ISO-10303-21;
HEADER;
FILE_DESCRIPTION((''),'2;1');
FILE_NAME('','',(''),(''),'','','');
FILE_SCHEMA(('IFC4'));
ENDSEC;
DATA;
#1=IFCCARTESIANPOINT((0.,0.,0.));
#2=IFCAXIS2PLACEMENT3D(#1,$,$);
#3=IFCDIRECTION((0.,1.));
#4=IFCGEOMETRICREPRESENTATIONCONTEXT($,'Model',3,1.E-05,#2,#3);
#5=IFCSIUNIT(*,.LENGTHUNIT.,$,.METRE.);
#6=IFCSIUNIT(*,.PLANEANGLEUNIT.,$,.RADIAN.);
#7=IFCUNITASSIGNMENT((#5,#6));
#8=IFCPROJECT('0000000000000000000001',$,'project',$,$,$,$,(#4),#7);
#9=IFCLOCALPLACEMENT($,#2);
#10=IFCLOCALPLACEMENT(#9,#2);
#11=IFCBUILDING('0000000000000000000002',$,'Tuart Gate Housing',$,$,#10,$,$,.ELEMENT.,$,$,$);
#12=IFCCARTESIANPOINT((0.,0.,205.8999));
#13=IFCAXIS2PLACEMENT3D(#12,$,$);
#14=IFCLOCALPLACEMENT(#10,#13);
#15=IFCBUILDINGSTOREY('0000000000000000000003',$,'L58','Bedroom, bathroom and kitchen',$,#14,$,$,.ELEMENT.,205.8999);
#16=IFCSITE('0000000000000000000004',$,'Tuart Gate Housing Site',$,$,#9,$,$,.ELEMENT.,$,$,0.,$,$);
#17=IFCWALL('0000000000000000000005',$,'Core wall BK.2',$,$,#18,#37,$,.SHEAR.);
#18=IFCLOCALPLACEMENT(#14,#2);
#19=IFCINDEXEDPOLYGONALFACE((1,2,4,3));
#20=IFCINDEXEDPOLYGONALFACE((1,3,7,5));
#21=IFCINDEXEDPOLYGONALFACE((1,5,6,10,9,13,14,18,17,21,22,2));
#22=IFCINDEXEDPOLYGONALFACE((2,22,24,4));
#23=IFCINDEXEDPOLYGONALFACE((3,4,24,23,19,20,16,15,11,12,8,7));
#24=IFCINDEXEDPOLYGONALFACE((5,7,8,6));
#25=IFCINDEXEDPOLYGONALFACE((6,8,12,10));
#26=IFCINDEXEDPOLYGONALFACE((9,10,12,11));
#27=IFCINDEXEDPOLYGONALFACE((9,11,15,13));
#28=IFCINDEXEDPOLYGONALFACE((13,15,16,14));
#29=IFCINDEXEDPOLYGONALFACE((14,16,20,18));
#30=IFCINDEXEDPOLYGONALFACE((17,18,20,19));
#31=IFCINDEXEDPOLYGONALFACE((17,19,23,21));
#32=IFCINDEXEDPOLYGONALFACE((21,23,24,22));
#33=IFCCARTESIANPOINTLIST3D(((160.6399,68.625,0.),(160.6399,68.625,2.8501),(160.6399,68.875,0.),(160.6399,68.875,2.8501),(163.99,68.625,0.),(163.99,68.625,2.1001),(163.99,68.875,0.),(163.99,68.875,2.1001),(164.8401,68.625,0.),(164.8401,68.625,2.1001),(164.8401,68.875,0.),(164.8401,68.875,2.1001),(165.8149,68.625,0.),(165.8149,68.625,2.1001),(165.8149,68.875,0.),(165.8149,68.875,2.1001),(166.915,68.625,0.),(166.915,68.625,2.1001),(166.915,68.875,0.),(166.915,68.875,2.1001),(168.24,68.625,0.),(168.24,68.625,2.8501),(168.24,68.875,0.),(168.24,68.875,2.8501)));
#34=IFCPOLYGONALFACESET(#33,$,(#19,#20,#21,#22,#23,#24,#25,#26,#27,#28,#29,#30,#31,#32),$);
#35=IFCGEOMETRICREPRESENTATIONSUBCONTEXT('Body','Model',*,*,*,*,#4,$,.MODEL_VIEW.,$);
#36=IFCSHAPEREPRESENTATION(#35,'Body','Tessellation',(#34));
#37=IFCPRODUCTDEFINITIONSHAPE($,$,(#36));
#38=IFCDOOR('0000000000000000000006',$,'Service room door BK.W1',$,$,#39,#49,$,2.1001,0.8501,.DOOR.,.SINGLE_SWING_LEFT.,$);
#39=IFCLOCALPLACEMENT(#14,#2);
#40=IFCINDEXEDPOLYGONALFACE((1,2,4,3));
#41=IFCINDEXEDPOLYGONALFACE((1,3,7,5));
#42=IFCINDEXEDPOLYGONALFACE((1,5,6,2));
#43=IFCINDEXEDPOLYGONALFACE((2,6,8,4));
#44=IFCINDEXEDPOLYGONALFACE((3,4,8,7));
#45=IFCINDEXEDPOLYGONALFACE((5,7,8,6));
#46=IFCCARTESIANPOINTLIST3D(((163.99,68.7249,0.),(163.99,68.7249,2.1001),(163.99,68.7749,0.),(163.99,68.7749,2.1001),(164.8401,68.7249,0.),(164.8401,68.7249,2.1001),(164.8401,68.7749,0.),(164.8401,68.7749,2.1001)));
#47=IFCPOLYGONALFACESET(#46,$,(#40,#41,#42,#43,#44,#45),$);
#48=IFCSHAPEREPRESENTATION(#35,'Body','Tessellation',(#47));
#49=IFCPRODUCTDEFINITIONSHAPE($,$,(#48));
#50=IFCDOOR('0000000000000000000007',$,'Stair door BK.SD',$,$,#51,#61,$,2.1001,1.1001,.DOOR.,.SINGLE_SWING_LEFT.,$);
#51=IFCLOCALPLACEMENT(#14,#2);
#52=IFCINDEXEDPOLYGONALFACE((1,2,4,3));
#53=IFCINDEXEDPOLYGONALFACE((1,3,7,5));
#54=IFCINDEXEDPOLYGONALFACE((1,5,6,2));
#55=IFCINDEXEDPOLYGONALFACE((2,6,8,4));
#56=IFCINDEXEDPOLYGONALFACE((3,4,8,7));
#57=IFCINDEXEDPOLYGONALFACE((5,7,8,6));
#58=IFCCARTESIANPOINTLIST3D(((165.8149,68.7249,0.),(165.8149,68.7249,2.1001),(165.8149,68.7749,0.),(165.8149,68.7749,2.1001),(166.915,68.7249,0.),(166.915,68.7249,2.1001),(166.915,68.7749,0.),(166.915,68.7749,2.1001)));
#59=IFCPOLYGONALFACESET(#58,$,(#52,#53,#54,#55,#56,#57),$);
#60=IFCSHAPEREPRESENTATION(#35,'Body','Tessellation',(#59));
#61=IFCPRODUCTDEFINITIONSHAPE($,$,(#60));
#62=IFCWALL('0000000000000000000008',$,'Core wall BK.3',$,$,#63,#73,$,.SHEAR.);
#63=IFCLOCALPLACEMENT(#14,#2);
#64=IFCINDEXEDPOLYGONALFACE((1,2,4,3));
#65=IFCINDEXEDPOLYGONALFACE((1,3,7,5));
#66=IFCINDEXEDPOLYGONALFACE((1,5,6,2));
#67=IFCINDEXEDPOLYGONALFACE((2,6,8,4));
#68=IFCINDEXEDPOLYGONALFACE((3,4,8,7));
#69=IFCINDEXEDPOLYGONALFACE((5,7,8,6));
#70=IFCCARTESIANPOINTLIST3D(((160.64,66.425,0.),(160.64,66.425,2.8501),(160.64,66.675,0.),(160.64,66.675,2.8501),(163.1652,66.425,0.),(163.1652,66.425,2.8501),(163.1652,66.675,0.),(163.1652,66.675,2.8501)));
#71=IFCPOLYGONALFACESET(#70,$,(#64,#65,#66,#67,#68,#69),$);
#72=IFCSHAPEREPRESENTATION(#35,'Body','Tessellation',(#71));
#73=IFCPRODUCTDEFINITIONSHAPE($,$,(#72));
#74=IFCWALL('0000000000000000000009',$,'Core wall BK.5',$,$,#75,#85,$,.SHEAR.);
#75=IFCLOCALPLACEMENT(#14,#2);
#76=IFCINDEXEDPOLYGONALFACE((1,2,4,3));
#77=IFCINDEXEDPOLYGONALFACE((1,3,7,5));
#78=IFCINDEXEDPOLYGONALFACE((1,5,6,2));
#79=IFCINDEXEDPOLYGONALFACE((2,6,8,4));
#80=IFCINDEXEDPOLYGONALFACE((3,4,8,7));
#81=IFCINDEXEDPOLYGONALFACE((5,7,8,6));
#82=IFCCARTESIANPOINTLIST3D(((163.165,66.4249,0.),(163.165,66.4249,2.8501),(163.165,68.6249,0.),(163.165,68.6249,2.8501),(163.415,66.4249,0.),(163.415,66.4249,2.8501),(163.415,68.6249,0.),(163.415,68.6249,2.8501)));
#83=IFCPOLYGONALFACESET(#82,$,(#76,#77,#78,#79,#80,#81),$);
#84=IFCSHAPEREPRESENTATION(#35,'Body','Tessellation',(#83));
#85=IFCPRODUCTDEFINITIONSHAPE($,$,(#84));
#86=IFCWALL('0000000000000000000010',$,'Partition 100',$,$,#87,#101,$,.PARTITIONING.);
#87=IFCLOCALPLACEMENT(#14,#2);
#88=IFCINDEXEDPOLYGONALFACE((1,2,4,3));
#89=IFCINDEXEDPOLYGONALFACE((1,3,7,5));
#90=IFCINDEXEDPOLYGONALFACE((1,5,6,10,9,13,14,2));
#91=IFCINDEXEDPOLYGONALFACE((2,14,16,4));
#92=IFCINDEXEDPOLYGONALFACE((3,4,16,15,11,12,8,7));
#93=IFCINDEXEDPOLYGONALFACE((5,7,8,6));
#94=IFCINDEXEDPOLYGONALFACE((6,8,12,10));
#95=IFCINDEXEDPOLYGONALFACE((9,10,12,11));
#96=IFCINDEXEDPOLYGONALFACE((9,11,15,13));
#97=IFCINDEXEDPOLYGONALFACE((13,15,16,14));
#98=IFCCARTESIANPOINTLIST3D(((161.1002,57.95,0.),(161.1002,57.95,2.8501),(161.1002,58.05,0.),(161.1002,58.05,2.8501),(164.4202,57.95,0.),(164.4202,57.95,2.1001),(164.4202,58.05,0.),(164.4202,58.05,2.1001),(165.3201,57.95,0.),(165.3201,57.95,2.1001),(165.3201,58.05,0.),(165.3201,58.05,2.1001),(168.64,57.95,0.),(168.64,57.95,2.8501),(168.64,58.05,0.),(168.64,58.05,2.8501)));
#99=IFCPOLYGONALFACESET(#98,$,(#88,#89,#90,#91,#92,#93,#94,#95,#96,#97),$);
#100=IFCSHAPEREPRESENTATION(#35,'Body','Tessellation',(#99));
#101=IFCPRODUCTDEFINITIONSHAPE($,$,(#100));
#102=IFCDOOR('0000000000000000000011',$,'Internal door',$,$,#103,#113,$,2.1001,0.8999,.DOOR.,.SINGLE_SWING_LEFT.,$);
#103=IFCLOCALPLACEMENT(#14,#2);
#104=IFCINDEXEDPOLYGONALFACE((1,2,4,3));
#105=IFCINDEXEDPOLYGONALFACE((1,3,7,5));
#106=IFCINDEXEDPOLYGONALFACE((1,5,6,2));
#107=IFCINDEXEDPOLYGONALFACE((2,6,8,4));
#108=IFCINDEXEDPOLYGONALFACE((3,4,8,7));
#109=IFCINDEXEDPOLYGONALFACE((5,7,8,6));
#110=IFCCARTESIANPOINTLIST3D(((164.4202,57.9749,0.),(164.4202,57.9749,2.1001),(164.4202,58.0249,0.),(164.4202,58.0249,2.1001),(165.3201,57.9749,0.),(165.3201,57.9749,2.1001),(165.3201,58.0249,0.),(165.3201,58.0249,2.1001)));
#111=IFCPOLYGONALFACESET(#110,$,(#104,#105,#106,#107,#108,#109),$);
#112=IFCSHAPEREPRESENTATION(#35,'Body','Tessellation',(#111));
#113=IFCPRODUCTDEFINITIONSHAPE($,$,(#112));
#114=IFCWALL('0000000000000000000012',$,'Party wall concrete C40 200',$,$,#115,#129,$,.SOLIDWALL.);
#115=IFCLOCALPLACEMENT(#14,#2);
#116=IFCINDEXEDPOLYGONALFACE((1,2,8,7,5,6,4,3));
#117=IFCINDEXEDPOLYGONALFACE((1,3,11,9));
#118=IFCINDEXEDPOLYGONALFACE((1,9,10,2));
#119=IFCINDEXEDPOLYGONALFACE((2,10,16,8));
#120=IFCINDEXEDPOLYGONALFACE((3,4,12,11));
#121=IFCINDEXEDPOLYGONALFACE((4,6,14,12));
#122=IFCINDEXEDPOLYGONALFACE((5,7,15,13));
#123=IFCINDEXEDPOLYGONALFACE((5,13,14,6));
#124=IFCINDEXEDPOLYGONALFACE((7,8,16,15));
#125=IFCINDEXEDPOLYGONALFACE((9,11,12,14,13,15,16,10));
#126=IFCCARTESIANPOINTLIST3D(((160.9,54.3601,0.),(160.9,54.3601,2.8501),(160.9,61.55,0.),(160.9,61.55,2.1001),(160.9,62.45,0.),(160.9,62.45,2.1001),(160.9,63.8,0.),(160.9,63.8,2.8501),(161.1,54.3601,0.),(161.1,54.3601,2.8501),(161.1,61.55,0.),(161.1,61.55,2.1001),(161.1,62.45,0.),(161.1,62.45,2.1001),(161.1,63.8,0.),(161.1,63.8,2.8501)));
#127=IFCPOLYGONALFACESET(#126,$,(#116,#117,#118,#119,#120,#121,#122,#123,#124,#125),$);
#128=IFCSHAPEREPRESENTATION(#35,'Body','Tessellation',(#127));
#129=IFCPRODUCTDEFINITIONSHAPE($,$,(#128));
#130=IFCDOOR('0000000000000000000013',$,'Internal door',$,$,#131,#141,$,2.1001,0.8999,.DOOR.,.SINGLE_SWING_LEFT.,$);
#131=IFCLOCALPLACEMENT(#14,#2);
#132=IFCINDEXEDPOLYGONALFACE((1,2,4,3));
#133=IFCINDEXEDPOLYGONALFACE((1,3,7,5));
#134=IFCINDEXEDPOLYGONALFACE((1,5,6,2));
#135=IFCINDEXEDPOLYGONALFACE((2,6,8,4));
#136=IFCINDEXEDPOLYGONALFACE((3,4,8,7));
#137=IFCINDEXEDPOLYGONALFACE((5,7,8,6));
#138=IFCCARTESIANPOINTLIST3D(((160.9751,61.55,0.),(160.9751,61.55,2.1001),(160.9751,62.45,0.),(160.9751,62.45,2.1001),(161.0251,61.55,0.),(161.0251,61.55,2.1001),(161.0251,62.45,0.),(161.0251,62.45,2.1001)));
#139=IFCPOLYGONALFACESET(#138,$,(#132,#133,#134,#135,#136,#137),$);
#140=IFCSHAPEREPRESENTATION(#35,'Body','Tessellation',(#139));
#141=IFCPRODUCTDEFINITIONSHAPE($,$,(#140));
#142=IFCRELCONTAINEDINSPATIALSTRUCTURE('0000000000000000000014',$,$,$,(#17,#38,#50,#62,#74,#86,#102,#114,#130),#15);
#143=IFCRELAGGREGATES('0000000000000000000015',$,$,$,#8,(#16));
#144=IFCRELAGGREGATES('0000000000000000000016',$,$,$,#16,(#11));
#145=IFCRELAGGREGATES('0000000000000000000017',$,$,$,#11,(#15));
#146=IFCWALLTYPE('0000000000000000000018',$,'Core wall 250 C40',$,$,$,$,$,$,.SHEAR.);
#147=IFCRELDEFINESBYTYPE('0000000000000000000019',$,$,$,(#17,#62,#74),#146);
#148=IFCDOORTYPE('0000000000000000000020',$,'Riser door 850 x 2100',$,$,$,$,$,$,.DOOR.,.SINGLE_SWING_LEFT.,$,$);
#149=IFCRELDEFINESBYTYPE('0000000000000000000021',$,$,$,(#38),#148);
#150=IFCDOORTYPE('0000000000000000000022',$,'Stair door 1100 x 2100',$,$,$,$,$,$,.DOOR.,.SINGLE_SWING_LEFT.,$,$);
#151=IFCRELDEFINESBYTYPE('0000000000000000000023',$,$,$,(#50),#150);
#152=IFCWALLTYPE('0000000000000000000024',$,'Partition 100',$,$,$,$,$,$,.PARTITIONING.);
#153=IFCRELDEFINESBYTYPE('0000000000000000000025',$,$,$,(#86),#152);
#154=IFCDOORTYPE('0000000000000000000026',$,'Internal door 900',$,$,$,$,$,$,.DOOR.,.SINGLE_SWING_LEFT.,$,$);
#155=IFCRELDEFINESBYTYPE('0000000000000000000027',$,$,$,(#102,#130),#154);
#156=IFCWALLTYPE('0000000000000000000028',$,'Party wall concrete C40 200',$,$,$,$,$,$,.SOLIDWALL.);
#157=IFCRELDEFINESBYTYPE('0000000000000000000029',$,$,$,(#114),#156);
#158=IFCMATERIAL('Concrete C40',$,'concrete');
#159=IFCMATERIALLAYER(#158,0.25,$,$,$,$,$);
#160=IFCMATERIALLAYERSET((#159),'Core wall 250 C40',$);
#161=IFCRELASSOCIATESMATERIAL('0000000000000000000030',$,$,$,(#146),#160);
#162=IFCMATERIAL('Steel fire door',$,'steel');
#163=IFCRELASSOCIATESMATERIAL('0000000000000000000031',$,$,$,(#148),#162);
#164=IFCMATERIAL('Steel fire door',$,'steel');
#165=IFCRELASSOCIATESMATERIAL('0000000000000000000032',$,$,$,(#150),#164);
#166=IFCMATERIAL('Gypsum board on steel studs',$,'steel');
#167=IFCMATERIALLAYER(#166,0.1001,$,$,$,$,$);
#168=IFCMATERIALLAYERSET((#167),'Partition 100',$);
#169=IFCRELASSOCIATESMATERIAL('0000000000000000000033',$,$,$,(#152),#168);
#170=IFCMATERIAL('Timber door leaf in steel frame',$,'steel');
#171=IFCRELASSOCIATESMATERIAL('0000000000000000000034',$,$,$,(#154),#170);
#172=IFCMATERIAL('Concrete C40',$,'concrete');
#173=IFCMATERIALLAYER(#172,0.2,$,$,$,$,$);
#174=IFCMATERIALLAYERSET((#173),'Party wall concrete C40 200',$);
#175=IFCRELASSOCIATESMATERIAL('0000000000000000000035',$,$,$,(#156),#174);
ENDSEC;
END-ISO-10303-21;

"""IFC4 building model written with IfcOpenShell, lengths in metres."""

from ifc_helpers import new_model, si_unit, direction, frame, frame_2d, origin, place, context, subcontext, project, spatial, rectangle, extrude, material, layer, layer_set, type_object, element, fill, save


model = new_model("IFC4")

# Units and contexts
model_context = context("Model", 3, precision=1e-05, world=origin(), true_north=direction((0.0, 1.0)))
body_context = subcontext(model_context, "Body", "Model", "MODEL_VIEW")
ifc_project = project(units=[si_unit("LENGTHUNIT", "METRE"), si_unit("PLANEANGLEUNIT", "RADIAN")], contexts=[model_context])

# Site, building, storey
site_placement = place(None, origin())
site = spatial("IfcSite", under=ifc_project, at=site_placement, Name="Tuart Gate Housing Site", CompositionType="ELEMENT", RefElevation=0.0)
building_placement = place(site_placement, origin())
building = spatial("IfcBuilding", under=site, at=building_placement, Name="Tuart Gate Housing", CompositionType="ELEMENT")
storey_placement = place(building_placement, frame((0.0, 0.0, 205.8999)))
storey = spatial("IfcBuildingStorey", under=building, at=storey_placement, Name="L58", Description="Bedroom, bathroom and kitchen", CompositionType="ELEMENT", Elevation=205.8999)

# Wall, openings, doors
ifc_material_1 = material(Name="Concrete C40", Category="concrete")
ifc_layer_1 = layer(ifc_material_1, 0.25)
ifc_layer_set_1 = layer_set([ifc_layer_1], Name="Core wall 250 C40")
wall_type_1 = type_object("IfcWallType", Name="Core wall 250 C40", PredefinedType="SHEAR", material=ifc_layer_set_1)
wall_1_placement = place(storey_placement, frame((160.6399, 68.75, 0.0), z_axis=(0.0, 0.0, 1.0), x_axis=(1.0, 0.0, 0.0)))
wall_1 = element("IfcWall", 1, at=wall_1_placement, inside=storey, type_object=wall_type_1, Name="Core wall BK.2", PredefinedType="SHEAR", context=body_context, shape_type="SweptSolid", body=[
    extrude(rectangle(XDim=7.6001, YDim=0.25, at=frame_2d((3.8, 0.0))), origin(), (0.0, 0.0, 1.0), 2.8501),
])
opening_1_placement = place(wall_1_placement, frame((5.175, 0.0, 0.0)))
opening_1 = element("IfcOpeningElement", 2, at=opening_1_placement, cuts=wall_1, PredefinedType="OPENING", context=body_context, shape_type="SweptSolid", body=[
    extrude(rectangle(XDim=1.1001, YDim=2.1001, at=frame_2d((0.55, 1.05))), frame((0.0, 0.135, 0.0), z_axis=(0.0, -1.0, 0.0), x_axis=(1.0, 0.0, 0.0)), (0.0, 0.0, 1.0), 0.27),
])
opening_2_placement = place(wall_1_placement, frame((3.3501, 0.0, 0.0)))
opening_2 = element("IfcOpeningElement", 3, at=opening_2_placement, cuts=wall_1, PredefinedType="OPENING", context=body_context, shape_type="SweptSolid", body=[
    extrude(rectangle(XDim=0.8501, YDim=2.1001, at=frame_2d((0.425, 1.05))), frame((0.0, 0.135, 0.0), z_axis=(0.0, -1.0, 0.0), x_axis=(1.0, 0.0, 0.0)), (0.0, 0.0, 1.0), 0.27),
])
ifc_material_2 = material(Name="Steel fire door", Category="steel")
door_type_1 = type_object("IfcDoorType", Name="Riser door 850 x 2100", OperationType="SINGLE_SWING_LEFT", PredefinedType="DOOR", material=ifc_material_2)
door_1_placement = place(opening_2_placement, origin())
door_1 = element("IfcDoor", 4, at=door_1_placement, inside=storey, type_object=door_type_1, Name="Service room door BK.W1", OperationType="SINGLE_SWING_LEFT", OverallHeight=2.1001, OverallWidth=0.8501, PredefinedType="DOOR", context=body_context, shape_type="SweptSolid", body=[
    extrude(rectangle(XDim=0.8501, YDim=2.1001, at=frame_2d((0.425, 1.05))), frame((0.0, 0.0249, 0.0), z_axis=(0.0, -1.0, 0.0), x_axis=(1.0, 0.0, 0.0)), (0.0, 0.0, 1.0), 0.05),
])
fill(opening_2, door_1)
ifc_material_3 = material(Name="Steel fire door", Category="steel")
door_type_2 = type_object("IfcDoorType", Name="Stair door 1100 x 2100", OperationType="SINGLE_SWING_LEFT", PredefinedType="DOOR", material=ifc_material_3)
door_2_placement = place(opening_1_placement, origin())
door_2 = element("IfcDoor", 5, at=door_2_placement, inside=storey, type_object=door_type_2, Name="Stair door BK.SD", OperationType="SINGLE_SWING_LEFT", OverallHeight=2.1001, OverallWidth=1.1001, PredefinedType="DOOR", context=body_context, shape_type="SweptSolid", body=[
    extrude(rectangle(XDim=1.1001, YDim=2.1001, at=frame_2d((0.55, 1.05))), frame((0.0, 0.0249, 0.0), z_axis=(0.0, -1.0, 0.0), x_axis=(1.0, 0.0, 0.0)), (0.0, 0.0, 1.0), 0.05),
])
fill(opening_1, door_2)

# Walls
wall_2_placement = place(storey_placement, frame((160.6399, 66.55, 0.0), z_axis=(0.0, 0.0, 1.0), x_axis=(1.0, 0.0, 0.0)))
element("IfcWall", 6, at=wall_2_placement, inside=storey, type_object=wall_type_1, Name="Core wall BK.3", PredefinedType="SHEAR", context=body_context, shape_type="SweptSolid", body=[
    extrude(rectangle(XDim=2.5251, YDim=0.25, at=frame_2d((1.2627, 0.0))), origin(), (0.0, 0.0, 1.0), 2.8501),
])
wall_3_placement = place(storey_placement, frame((163.29, 68.625, 0.0), z_axis=(0.0, 0.0, 1.0), x_axis=(0.0, -1.0, 0.0)))
element("IfcWall", 7, at=wall_3_placement, inside=storey, type_object=wall_type_1, Name="Core wall BK.5", PredefinedType="SHEAR", context=body_context, shape_type="SweptSolid", body=[
    extrude(rectangle(XDim=2.2, YDim=0.25, at=frame_2d((1.1001, 0.0))), origin(), (0.0, 0.0, 1.0), 2.8501),
])

# Walls, openings, doors
ifc_material_4 = material(Name="Gypsum board on steel studs", Category="steel")
ifc_layer_2 = layer(ifc_material_4, 0.1001)
ifc_layer_set_2 = layer_set([ifc_layer_2], Name="Partition 100")
wall_type_2 = type_object("IfcWallType", Name="Partition 100", PredefinedType="PARTITIONING", material=ifc_layer_set_2)
wall_4_placement = place(storey_placement, frame((161.1001, 58.0, 0.0), z_axis=(0.0, 0.0, 1.0), x_axis=(1.0, 0.0, 0.0)))
wall_4 = element("IfcWall", 8, at=wall_4_placement, inside=storey, type_object=wall_type_2, Name="Partition 100", PredefinedType="PARTITIONING", context=body_context, shape_type="SweptSolid", body=[
    extrude(rectangle(XDim=7.5398, YDim=0.1001, at=frame_2d((3.77, 0.0))), origin(), (0.0, 0.0, 1.0), 2.8501),
])
opening_3_placement = place(wall_4_placement, frame((3.3201, 0.0, 0.0)))
opening_3 = element("IfcOpeningElement", 9, at=opening_3_placement, cuts=wall_4, PredefinedType="OPENING", context=body_context, shape_type="SweptSolid", body=[
    extrude(rectangle(XDim=0.8999, YDim=2.1001, at=frame_2d((0.45, 1.05))), frame((0.0, 0.0601, 0.0), z_axis=(0.0, -1.0, 0.0), x_axis=(1.0, 0.0, 0.0)), (0.0, 0.0, 1.0), 0.1201),
])
ifc_material_5 = material(Name="Timber door leaf in steel frame", Category="steel")
door_type_3 = type_object("IfcDoorType", Name="Internal door 900", OperationType="SINGLE_SWING_LEFT", PredefinedType="DOOR", material=ifc_material_5)
door_3_placement = place(opening_3_placement, frame((0.8999, 0.0, 0.0), z_axis=(0.0, 0.0, 1.0), x_axis=(-1.0, 0.0, 0.0)))
door_3 = element("IfcDoor", 10, at=door_3_placement, inside=storey, type_object=door_type_3, Name="Internal door", OperationType="SINGLE_SWING_LEFT", OverallHeight=2.1001, OverallWidth=0.8999, PredefinedType="DOOR", context=body_context, shape_type="SweptSolid", body=[
    extrude(rectangle(XDim=0.8999, YDim=2.1001, at=frame_2d((0.45, 1.05))), frame((0.0, 0.0251, 0.0), z_axis=(0.0, -1.0, 0.0), x_axis=(1.0, 0.0, 0.0)), (0.0, 0.0, 1.0), 0.05),
])
fill(opening_3, door_3)
ifc_material_6 = material(Name="Concrete C40", Category="concrete")
ifc_layer_3 = layer(ifc_material_6, 0.2)
ifc_layer_set_3 = layer_set([ifc_layer_3], Name="Party wall concrete C40 200")
wall_type_3 = type_object("IfcWallType", Name="Party wall concrete C40 200", PredefinedType="SOLIDWALL", material=ifc_layer_set_3)
wall_5_placement = place(storey_placement, frame((161.0, 54.3601, 0.0), z_axis=(0.0, 0.0, 1.0), x_axis=(0.0, 1.0, 0.0)))
wall_5 = element("IfcWall", 11, at=wall_5_placement, inside=storey, type_object=wall_type_3, Name="Party wall concrete C40 200", PredefinedType="SOLIDWALL", context=body_context, shape_type="SweptSolid", body=[
    extrude(rectangle(XDim=9.4399, YDim=0.2, at=frame_2d((4.72, 0.0))), origin(), (0.0, 0.0, 1.0), 2.8501),
])
opening_4_placement = place(wall_5_placement, frame((7.1899, 0.0, 0.0)))
opening_4 = element("IfcOpeningElement", 12, at=opening_4_placement, cuts=wall_5, PredefinedType="OPENING", context=body_context, shape_type="SweptSolid", body=[
    extrude(rectangle(XDim=0.8999, YDim=2.1001, at=frame_2d((0.45, 1.05))), frame((0.0, 0.1099, 0.0), z_axis=(0.0, -1.0, 0.0), x_axis=(1.0, 0.0, 0.0)), (0.0, 0.0, 1.0), 0.22),
])
door_4_placement = place(opening_4_placement, origin())
door_4 = element("IfcDoor", 13, at=door_4_placement, inside=storey, type_object=door_type_3, Name="Internal door", OperationType="SINGLE_SWING_LEFT", OverallHeight=2.1001, OverallWidth=0.8999, PredefinedType="DOOR", context=body_context, shape_type="SweptSolid", body=[
    extrude(rectangle(XDim=0.8999, YDim=2.1001, at=frame_2d((0.45, 1.05))), frame((0.0, 0.0249, 0.0), z_axis=(0.0, -1.0, 0.0), x_axis=(1.0, 0.0, 0.0)), (0.0, 0.0, 1.0), 0.05),
])
fill(opening_4, door_4)

save(model, "model.ifc")
